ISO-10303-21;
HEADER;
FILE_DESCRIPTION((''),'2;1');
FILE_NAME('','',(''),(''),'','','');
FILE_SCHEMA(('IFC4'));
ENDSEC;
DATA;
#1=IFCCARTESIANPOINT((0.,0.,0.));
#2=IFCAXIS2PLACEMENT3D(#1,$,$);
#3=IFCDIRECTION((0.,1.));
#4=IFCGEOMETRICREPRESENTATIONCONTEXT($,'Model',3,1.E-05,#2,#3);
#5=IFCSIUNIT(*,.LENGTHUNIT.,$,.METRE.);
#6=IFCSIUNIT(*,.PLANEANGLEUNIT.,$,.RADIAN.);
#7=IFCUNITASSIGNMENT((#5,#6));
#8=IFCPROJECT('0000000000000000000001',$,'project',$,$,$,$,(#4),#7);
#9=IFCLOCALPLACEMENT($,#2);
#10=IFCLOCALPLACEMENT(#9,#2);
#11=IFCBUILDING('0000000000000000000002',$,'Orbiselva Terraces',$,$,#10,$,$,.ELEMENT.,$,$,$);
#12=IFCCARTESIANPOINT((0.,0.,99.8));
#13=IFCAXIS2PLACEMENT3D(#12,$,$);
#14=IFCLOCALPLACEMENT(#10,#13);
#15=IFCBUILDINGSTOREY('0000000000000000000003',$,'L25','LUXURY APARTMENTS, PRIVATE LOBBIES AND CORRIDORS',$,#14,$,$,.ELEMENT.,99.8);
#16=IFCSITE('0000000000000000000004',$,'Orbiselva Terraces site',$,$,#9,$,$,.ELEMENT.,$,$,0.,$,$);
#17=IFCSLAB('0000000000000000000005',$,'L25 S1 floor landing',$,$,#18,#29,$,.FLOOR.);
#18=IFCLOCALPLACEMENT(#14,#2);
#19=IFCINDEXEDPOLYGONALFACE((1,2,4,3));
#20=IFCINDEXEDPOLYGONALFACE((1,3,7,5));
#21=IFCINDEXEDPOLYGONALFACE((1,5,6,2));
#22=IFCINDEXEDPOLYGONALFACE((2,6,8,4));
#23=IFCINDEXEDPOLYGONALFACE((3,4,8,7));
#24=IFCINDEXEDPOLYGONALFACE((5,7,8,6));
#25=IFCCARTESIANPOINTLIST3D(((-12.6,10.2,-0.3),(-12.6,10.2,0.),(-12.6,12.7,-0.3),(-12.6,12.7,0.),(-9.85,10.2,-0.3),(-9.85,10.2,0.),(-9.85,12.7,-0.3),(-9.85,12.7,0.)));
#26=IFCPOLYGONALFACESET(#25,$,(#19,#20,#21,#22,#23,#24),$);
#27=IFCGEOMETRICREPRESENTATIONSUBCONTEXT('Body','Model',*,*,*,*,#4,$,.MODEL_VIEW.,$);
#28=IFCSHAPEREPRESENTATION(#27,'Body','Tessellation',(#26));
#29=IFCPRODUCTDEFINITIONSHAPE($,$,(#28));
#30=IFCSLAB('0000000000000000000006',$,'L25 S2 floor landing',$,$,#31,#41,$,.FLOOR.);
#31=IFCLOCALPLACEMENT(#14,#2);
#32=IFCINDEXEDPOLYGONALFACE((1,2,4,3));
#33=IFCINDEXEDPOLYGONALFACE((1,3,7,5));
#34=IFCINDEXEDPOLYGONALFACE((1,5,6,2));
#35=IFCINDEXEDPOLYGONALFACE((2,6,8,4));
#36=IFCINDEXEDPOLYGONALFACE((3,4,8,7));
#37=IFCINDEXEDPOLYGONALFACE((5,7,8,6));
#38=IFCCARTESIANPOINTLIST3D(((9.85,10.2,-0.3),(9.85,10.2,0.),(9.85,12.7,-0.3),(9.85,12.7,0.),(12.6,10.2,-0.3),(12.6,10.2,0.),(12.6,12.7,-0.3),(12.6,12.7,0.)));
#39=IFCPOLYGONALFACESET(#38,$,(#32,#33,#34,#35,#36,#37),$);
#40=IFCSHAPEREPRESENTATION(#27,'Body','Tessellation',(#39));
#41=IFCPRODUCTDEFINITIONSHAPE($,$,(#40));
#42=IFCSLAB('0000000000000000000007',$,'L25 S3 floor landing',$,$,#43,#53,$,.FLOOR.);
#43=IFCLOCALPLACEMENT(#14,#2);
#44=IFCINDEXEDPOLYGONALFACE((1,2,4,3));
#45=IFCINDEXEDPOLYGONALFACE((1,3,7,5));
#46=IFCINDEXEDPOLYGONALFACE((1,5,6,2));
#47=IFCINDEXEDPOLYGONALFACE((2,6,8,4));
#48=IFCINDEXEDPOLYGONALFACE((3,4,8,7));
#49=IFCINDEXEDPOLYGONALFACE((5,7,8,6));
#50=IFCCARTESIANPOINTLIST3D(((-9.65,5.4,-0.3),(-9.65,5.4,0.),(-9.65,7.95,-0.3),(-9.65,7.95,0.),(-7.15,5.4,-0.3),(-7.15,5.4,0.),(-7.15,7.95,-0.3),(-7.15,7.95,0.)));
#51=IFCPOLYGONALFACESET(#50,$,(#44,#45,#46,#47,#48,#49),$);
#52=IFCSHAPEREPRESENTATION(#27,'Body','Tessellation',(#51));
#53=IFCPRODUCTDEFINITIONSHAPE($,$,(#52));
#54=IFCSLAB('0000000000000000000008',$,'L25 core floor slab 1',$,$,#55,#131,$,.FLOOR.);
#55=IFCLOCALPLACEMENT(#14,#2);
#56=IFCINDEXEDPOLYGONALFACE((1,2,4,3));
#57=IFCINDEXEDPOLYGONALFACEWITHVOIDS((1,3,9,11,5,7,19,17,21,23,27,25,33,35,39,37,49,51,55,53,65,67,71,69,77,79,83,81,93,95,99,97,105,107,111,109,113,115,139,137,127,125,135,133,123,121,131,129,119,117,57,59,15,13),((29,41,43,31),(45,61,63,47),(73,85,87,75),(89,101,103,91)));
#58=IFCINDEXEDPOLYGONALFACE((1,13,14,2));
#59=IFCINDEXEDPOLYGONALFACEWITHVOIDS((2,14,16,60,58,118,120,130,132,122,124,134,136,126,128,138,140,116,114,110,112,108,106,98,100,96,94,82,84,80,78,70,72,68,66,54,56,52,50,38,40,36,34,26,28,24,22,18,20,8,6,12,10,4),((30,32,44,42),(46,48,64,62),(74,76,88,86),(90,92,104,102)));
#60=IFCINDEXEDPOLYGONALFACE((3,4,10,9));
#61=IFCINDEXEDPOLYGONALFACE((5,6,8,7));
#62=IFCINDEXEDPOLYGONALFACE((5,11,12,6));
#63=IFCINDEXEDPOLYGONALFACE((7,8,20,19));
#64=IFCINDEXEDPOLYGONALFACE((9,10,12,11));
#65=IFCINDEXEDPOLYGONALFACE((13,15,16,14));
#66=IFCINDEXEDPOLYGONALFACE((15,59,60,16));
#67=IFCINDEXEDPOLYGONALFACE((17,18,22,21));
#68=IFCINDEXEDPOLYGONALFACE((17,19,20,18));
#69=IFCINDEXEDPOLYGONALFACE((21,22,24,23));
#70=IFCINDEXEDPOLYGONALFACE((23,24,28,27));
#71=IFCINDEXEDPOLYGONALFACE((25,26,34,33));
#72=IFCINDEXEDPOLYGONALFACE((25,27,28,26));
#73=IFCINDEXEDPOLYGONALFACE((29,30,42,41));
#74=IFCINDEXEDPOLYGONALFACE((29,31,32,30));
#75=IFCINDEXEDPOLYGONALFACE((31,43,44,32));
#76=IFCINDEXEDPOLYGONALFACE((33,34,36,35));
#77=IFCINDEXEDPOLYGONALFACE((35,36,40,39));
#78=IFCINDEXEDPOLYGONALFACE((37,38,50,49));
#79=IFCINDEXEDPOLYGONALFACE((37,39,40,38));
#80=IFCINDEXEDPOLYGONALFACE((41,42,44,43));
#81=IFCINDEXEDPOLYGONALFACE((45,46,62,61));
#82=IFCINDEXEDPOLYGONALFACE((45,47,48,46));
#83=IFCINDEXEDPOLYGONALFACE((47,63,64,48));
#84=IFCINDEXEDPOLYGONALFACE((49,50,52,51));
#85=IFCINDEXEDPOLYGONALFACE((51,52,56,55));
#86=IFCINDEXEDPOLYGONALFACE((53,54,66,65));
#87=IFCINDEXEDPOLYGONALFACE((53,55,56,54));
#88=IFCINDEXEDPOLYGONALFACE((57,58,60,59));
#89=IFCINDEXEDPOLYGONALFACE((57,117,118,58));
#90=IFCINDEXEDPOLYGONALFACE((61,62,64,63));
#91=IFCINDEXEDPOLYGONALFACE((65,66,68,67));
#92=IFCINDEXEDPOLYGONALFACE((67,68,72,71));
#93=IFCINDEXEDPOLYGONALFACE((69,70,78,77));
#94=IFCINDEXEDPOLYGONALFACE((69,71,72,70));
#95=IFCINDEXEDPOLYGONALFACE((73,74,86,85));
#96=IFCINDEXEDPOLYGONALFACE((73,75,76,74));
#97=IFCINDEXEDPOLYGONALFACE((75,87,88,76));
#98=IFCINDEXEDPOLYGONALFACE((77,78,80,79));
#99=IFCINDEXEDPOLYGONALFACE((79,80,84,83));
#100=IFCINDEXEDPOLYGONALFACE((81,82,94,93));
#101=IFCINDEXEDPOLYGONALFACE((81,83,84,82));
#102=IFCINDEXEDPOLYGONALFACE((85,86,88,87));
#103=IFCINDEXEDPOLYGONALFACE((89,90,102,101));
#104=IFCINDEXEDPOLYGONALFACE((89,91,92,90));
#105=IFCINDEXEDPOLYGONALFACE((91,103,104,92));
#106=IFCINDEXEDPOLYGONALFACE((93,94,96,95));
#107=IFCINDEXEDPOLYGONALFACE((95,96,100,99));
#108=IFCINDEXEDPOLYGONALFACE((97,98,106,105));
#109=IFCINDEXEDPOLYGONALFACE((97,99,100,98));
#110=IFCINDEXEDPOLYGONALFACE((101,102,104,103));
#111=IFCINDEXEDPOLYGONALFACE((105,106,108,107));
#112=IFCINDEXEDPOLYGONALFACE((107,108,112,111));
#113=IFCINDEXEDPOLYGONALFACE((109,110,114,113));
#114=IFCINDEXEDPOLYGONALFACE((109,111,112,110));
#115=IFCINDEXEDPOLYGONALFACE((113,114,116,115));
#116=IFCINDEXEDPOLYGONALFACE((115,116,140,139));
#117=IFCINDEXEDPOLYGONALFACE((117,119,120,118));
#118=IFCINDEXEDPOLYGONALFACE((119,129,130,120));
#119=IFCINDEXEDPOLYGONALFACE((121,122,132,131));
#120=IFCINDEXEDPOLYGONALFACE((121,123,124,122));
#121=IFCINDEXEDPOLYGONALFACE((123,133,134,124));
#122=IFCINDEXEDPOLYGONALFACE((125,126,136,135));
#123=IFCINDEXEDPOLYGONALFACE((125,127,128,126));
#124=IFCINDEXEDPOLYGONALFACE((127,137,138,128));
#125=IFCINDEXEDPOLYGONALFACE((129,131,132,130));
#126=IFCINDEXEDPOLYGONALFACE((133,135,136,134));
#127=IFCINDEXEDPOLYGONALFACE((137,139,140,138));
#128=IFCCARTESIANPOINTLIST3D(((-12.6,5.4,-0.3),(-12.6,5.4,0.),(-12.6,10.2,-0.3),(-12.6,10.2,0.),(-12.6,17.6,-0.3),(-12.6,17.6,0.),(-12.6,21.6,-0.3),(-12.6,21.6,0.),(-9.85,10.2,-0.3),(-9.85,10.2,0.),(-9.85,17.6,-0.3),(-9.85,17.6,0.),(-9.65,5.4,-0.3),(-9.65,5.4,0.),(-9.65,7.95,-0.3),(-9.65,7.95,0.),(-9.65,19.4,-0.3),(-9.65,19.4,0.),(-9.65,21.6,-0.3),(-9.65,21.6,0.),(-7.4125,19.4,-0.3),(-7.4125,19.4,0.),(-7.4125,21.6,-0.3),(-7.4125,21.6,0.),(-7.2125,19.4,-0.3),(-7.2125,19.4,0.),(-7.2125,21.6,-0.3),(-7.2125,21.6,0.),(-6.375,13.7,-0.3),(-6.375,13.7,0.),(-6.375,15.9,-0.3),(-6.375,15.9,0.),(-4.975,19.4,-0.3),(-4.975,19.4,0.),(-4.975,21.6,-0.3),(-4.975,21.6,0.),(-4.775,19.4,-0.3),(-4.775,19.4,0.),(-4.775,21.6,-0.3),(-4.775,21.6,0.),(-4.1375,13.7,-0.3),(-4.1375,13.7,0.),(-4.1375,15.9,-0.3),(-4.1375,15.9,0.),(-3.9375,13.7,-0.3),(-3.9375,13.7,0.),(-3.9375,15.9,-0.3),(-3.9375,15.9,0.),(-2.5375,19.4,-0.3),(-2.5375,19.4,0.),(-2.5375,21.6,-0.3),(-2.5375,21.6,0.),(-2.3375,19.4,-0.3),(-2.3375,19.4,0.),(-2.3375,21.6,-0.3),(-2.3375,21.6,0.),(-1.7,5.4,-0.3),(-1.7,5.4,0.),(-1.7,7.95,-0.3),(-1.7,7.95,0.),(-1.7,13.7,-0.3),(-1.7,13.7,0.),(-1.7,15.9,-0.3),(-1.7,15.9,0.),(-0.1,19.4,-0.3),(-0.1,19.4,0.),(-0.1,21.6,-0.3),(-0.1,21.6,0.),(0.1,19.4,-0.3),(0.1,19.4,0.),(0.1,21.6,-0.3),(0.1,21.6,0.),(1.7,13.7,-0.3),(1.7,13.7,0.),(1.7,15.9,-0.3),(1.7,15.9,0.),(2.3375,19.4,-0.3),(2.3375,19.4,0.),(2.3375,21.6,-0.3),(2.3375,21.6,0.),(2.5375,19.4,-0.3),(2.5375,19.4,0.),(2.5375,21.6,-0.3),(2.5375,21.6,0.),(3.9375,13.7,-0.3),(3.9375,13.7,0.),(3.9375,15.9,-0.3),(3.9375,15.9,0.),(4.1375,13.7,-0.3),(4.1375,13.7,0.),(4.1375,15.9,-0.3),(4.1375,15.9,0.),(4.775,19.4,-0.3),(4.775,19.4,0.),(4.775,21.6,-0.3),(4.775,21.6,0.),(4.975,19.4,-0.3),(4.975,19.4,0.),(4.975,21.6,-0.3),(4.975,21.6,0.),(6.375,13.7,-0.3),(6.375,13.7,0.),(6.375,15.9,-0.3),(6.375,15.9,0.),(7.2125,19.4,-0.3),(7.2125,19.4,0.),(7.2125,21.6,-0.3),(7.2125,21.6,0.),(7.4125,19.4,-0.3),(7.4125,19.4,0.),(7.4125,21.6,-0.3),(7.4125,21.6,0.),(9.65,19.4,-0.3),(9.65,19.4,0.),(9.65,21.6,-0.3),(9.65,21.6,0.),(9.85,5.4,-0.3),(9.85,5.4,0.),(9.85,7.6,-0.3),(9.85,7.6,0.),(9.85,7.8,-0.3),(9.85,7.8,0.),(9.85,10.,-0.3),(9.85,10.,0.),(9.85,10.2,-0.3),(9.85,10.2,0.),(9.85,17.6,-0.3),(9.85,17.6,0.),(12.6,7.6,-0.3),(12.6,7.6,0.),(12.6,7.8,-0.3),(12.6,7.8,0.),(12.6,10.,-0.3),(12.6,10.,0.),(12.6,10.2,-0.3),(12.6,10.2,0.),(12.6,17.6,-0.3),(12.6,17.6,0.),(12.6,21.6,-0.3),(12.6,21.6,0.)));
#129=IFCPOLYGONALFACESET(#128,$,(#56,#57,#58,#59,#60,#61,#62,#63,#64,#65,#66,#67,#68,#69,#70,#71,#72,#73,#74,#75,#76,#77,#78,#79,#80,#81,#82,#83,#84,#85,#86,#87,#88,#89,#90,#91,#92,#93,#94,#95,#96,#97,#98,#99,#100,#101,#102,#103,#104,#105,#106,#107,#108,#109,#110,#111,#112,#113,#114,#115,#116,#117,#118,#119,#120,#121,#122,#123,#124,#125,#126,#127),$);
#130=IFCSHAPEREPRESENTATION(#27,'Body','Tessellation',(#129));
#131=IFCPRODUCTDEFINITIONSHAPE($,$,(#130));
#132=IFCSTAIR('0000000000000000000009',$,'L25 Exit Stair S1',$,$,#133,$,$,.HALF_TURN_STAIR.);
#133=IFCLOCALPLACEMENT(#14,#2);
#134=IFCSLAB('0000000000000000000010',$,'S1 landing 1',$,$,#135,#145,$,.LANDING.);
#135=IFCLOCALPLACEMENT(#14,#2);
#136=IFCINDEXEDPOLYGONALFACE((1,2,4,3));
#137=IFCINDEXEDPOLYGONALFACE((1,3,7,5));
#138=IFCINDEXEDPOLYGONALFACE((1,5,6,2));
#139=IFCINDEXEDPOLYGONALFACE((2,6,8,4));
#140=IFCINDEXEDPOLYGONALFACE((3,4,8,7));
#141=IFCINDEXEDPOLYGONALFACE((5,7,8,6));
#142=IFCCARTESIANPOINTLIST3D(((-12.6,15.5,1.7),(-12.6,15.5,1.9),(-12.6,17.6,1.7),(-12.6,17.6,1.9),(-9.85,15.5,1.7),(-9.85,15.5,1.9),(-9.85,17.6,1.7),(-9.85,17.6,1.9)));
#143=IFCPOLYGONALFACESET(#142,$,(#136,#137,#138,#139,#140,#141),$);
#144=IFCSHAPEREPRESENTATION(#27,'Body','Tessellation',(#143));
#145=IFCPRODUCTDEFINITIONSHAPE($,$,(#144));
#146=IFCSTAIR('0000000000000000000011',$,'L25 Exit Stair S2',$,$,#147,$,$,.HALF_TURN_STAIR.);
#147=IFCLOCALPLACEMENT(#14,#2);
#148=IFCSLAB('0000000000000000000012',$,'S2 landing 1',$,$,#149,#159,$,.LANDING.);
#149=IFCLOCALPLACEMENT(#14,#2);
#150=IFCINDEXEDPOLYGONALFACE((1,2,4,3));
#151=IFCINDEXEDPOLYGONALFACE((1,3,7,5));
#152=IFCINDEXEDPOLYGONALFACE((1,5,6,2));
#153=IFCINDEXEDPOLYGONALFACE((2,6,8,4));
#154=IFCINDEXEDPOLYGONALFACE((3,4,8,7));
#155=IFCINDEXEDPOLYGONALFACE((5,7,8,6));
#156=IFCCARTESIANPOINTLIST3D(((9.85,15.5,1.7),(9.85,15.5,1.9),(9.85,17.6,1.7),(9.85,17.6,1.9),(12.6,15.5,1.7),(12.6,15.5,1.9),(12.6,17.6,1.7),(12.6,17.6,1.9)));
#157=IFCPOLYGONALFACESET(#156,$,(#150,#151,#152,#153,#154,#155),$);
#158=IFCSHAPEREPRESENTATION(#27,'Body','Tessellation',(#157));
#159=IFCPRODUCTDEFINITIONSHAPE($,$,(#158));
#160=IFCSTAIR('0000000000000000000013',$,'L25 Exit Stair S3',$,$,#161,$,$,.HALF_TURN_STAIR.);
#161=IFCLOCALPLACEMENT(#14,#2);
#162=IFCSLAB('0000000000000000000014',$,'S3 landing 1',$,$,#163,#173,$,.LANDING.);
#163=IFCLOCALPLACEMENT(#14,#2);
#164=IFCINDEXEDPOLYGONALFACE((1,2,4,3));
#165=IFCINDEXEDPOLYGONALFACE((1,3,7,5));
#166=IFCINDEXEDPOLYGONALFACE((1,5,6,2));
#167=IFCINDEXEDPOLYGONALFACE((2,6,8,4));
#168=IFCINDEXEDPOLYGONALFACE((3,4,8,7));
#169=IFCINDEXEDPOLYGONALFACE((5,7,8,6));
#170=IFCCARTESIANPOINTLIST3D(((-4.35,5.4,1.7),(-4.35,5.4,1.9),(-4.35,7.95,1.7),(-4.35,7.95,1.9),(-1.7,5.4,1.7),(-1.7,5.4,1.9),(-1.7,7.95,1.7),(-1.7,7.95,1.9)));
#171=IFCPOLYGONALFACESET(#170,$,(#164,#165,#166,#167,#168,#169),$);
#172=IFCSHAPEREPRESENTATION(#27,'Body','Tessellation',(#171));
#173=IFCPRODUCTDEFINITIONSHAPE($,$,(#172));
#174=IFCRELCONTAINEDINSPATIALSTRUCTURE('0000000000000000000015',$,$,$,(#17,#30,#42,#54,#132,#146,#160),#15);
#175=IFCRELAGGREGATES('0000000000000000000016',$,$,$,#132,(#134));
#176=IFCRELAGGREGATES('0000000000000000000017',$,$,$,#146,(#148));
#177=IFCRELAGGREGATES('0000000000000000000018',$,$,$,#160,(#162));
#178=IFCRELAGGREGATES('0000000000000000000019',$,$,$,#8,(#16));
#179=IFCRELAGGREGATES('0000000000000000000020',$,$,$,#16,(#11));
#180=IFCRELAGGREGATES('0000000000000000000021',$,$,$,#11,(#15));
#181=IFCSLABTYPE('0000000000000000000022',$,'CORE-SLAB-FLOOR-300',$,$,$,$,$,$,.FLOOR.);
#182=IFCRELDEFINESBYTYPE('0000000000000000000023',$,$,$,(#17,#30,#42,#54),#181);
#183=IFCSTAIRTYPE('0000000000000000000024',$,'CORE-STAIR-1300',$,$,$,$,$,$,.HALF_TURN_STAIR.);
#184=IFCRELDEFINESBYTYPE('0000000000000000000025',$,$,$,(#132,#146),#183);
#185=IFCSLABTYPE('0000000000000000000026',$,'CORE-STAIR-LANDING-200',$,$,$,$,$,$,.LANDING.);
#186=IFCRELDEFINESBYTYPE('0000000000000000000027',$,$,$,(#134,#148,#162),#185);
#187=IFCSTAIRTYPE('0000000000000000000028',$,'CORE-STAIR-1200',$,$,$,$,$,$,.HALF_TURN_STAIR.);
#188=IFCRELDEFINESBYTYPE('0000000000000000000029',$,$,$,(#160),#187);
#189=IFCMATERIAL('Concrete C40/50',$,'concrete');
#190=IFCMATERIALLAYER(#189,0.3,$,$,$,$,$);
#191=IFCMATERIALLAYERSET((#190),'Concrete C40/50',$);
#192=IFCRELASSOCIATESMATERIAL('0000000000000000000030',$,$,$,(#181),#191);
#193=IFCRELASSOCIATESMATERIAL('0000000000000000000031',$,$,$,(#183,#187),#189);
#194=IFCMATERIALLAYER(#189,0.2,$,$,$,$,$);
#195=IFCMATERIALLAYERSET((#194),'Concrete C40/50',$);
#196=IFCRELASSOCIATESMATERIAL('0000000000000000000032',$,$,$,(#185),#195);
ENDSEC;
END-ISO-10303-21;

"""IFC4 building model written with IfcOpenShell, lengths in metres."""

from ifc_helpers import new_model, si_unit, direction, frame, origin, place, context, subcontext, project, spatial, polyline, outline, extrude, material, layer, layer_set, type_object, element, aggregate, save


model = new_model("IFC4")

# Units and contexts
model_context = context("Model", 3, precision=1e-05, world=origin(), true_north=direction((0.0, 1.0)))
body_context = subcontext(model_context, "Body", "Model", "MODEL_VIEW")
ifc_project = project(units=[si_unit("LENGTHUNIT", "METRE"), si_unit("PLANEANGLEUNIT", "RADIAN")], contexts=[model_context])

# Site, building, storey
site_placement = place(None, origin())
site = spatial("IfcSite", under=ifc_project, at=site_placement, Name="Orbiselva Terraces site", CompositionType="ELEMENT", RefElevation=0.0)
building_placement = place(site_placement, origin())
building = spatial("IfcBuilding", under=site, at=building_placement, Name="Orbiselva Terraces", CompositionType="ELEMENT")
storey_placement = place(building_placement, frame((0.0, 0.0, 99.8)))
storey = spatial("IfcBuildingStorey", under=building, at=storey_placement, Name="L25", Description="LUXURY APARTMENTS, PRIVATE LOBBIES AND CORRIDORS", CompositionType="ELEMENT", Elevation=99.8)

# Slabs
ifc_material_1 = material(Name="Concrete C40/50", Category="concrete")
ifc_layer_1 = layer(ifc_material_1, 0.3)
ifc_layer_set_1 = layer_set([ifc_layer_1], Name="Concrete C40/50")
slab_type_1 = type_object("IfcSlabType", Name="CORE-SLAB-FLOOR-300", PredefinedType="FLOOR", material=ifc_layer_set_1)
slab_1_placement = place(storey_placement, frame((0.0, 0.0, -0.3)))
element("IfcSlab", 1, at=slab_1_placement, inside=storey, type_object=slab_type_1, Name="L25 S1 floor landing", PredefinedType="FLOOR", context=body_context, shape_type="SweptSolid", body=[
    extrude(outline(polyline([(-12.6, 12.7), (-9.85, 12.7), (-9.85, 10.2), (-12.6, 10.2), (-12.6, 12.7)])), origin(), (0.0, 0.0, 1.0), 0.3),
])
slab_2_placement = place(storey_placement, frame((0.0, 0.0, -0.3)))
element("IfcSlab", 2, at=slab_2_placement, inside=storey, type_object=slab_type_1, Name="L25 S2 floor landing", PredefinedType="FLOOR", context=body_context, shape_type="SweptSolid", body=[
    extrude(outline(polyline([(12.6, 12.7), (12.6, 10.2), (9.85, 10.2), (9.85, 12.7), (12.6, 12.7)])), origin(), (0.0, 0.0, 1.0), 0.3),
])
slab_3_placement = place(storey_placement, frame((0.0, 0.0, -0.3)))
element("IfcSlab", 3, at=slab_3_placement, inside=storey, type_object=slab_type_1, Name="L25 S3 floor landing", PredefinedType="FLOOR", context=body_context, shape_type="SweptSolid", body=[
    extrude(outline(polyline([(-7.15, 5.4), (-9.65, 5.4), (-9.65, 7.95), (-7.15, 7.95), (-7.15, 5.4)])), origin(), (0.0, 0.0, 1.0), 0.3),
])
slab_4_placement = place(storey_placement, frame((0.0, 0.0, -0.3)))
element("IfcSlab", 4, at=slab_4_placement, inside=storey, type_object=slab_type_1, Name="L25 core floor slab 1", PredefinedType="FLOOR", context=body_context, shape_type="SweptSolid", body=[
    extrude(outline(polyline([(-1.7, 5.4), (-1.7, 7.95), (-9.65, 7.95), (-9.65, 5.4), (-12.6, 5.4), (-12.6, 10.2), (-9.85, 10.2), (-9.85, 17.6), (-12.6, 17.6), (-12.6, 21.6), (-9.65, 21.6), (-9.65, 19.4), (-7.4125, 19.4), (-7.4125, 21.6), (-7.2125, 21.6), (-7.2125, 19.4), (-4.975, 19.4), (-4.975, 21.6), (-4.775, 21.6), (-4.775, 19.4), (-2.5375, 19.4), (-2.5375, 21.6), (-2.3375, 21.6), (-2.3375, 19.4), (-0.1, 19.4), (-0.1, 21.6), (0.1, 21.6), (0.1, 19.4), (2.3375, 19.4), (2.3375, 21.6), (2.5375, 21.6), (2.5375, 19.4), (4.775, 19.4), (4.775, 21.6), (4.975, 21.6), (4.975, 19.4), (7.2125, 19.4), (7.2125, 21.6), (7.4125, 21.6), (7.4125, 19.4), (9.65, 19.4), (9.65, 21.6), (12.6, 21.6), (12.6, 17.6), (9.85, 17.6), (9.85, 10.2), (12.6, 10.2), (12.6, 10.0), (9.85, 10.0), (9.85, 7.8), (12.6, 7.8), (12.6, 7.6), (9.85, 7.6), (9.85, 5.4), (-1.7, 5.4)]), holes=[polyline([(-4.1375, 13.7), (-4.1375, 15.9), (-6.375, 15.9), (-6.375, 13.7), (-4.1375, 13.7)]), polyline([(-1.7, 13.7), (-1.7, 15.9), (-3.9375, 15.9), (-3.9375, 13.7), (-1.7, 13.7)]), polyline([(3.9375, 13.7), (3.9375, 15.9), (1.7, 15.9), (1.7, 13.7), (3.9375, 13.7)]), polyline([(6.375, 13.7), (6.375, 15.9), (4.1375, 15.9), (4.1375, 13.7), (6.375, 13.7)])]), origin(), (0.0, 0.0, 1.0), 0.3),
])

# Stairs, slabs
stair_type_1 = type_object("IfcStairType", Name="CORE-STAIR-1300", PredefinedType="HALF_TURN_STAIR", material=ifc_material_1)
stair_1_placement = place(storey_placement, origin())
stair_1 = element("IfcStair", 5, at=stair_1_placement, inside=storey, type_object=stair_type_1, Name="L25 Exit Stair S1", PredefinedType="HALF_TURN_STAIR")
ifc_layer_2 = layer(ifc_material_1, 0.2)
ifc_layer_set_2 = layer_set([ifc_layer_2], Name="Concrete C40/50")
slab_type_2 = type_object("IfcSlabType", Name="CORE-STAIR-LANDING-200", PredefinedType="LANDING", material=ifc_layer_set_2)
slab_5_placement = place(storey_placement, frame((0.0, 0.0, 1.7)))
slab_5 = element("IfcSlab", 6, at=slab_5_placement, type_object=slab_type_2, Name="S1 landing 1", PredefinedType="LANDING", context=body_context, shape_type="SweptSolid", body=[
    extrude(outline(polyline([(-9.85, 15.5), (-9.85, 17.6), (-12.6, 17.6), (-12.6, 15.5), (-9.85, 15.5)])), origin(), (0.0, 0.0, 1.0), 0.2),
])
aggregate(stair_1, [slab_5])
stair_2_placement = place(storey_placement, origin())
stair_2 = element("IfcStair", 7, at=stair_2_placement, inside=storey, type_object=stair_type_1, Name="L25 Exit Stair S2", PredefinedType="HALF_TURN_STAIR")
slab_6_placement = place(storey_placement, frame((0.0, 0.0, 1.7)))
slab_6 = element("IfcSlab", 8, at=slab_6_placement, type_object=slab_type_2, Name="S2 landing 1", PredefinedType="LANDING", context=body_context, shape_type="SweptSolid", body=[
    extrude(outline(polyline([(12.6, 15.5), (12.6, 17.6), (9.85, 17.6), (9.85, 15.5), (12.6, 15.5)])), origin(), (0.0, 0.0, 1.0), 0.2),
])
aggregate(stair_2, [slab_6])
stair_type_2 = type_object("IfcStairType", Name="CORE-STAIR-1200", PredefinedType="HALF_TURN_STAIR", material=ifc_material_1)
stair_3_placement = place(storey_placement, origin())
stair_3 = element("IfcStair", 9, at=stair_3_placement, inside=storey, type_object=stair_type_2, Name="L25 Exit Stair S3", PredefinedType="HALF_TURN_STAIR")
slab_7_placement = place(storey_placement, frame((0.0, 0.0, 1.7)))
slab_7 = element("IfcSlab", 10, at=slab_7_placement, type_object=slab_type_2, Name="S3 landing 1", PredefinedType="LANDING", context=body_context, shape_type="SweptSolid", body=[
    extrude(outline(polyline([(-4.35, 5.4), (-1.7, 5.4), (-1.7, 7.95), (-4.35, 7.95), (-4.35, 5.4)])), origin(), (0.0, 0.0, 1.0), 0.2),
])
aggregate(stair_3, [slab_7])

save(model, "model.ifc")
